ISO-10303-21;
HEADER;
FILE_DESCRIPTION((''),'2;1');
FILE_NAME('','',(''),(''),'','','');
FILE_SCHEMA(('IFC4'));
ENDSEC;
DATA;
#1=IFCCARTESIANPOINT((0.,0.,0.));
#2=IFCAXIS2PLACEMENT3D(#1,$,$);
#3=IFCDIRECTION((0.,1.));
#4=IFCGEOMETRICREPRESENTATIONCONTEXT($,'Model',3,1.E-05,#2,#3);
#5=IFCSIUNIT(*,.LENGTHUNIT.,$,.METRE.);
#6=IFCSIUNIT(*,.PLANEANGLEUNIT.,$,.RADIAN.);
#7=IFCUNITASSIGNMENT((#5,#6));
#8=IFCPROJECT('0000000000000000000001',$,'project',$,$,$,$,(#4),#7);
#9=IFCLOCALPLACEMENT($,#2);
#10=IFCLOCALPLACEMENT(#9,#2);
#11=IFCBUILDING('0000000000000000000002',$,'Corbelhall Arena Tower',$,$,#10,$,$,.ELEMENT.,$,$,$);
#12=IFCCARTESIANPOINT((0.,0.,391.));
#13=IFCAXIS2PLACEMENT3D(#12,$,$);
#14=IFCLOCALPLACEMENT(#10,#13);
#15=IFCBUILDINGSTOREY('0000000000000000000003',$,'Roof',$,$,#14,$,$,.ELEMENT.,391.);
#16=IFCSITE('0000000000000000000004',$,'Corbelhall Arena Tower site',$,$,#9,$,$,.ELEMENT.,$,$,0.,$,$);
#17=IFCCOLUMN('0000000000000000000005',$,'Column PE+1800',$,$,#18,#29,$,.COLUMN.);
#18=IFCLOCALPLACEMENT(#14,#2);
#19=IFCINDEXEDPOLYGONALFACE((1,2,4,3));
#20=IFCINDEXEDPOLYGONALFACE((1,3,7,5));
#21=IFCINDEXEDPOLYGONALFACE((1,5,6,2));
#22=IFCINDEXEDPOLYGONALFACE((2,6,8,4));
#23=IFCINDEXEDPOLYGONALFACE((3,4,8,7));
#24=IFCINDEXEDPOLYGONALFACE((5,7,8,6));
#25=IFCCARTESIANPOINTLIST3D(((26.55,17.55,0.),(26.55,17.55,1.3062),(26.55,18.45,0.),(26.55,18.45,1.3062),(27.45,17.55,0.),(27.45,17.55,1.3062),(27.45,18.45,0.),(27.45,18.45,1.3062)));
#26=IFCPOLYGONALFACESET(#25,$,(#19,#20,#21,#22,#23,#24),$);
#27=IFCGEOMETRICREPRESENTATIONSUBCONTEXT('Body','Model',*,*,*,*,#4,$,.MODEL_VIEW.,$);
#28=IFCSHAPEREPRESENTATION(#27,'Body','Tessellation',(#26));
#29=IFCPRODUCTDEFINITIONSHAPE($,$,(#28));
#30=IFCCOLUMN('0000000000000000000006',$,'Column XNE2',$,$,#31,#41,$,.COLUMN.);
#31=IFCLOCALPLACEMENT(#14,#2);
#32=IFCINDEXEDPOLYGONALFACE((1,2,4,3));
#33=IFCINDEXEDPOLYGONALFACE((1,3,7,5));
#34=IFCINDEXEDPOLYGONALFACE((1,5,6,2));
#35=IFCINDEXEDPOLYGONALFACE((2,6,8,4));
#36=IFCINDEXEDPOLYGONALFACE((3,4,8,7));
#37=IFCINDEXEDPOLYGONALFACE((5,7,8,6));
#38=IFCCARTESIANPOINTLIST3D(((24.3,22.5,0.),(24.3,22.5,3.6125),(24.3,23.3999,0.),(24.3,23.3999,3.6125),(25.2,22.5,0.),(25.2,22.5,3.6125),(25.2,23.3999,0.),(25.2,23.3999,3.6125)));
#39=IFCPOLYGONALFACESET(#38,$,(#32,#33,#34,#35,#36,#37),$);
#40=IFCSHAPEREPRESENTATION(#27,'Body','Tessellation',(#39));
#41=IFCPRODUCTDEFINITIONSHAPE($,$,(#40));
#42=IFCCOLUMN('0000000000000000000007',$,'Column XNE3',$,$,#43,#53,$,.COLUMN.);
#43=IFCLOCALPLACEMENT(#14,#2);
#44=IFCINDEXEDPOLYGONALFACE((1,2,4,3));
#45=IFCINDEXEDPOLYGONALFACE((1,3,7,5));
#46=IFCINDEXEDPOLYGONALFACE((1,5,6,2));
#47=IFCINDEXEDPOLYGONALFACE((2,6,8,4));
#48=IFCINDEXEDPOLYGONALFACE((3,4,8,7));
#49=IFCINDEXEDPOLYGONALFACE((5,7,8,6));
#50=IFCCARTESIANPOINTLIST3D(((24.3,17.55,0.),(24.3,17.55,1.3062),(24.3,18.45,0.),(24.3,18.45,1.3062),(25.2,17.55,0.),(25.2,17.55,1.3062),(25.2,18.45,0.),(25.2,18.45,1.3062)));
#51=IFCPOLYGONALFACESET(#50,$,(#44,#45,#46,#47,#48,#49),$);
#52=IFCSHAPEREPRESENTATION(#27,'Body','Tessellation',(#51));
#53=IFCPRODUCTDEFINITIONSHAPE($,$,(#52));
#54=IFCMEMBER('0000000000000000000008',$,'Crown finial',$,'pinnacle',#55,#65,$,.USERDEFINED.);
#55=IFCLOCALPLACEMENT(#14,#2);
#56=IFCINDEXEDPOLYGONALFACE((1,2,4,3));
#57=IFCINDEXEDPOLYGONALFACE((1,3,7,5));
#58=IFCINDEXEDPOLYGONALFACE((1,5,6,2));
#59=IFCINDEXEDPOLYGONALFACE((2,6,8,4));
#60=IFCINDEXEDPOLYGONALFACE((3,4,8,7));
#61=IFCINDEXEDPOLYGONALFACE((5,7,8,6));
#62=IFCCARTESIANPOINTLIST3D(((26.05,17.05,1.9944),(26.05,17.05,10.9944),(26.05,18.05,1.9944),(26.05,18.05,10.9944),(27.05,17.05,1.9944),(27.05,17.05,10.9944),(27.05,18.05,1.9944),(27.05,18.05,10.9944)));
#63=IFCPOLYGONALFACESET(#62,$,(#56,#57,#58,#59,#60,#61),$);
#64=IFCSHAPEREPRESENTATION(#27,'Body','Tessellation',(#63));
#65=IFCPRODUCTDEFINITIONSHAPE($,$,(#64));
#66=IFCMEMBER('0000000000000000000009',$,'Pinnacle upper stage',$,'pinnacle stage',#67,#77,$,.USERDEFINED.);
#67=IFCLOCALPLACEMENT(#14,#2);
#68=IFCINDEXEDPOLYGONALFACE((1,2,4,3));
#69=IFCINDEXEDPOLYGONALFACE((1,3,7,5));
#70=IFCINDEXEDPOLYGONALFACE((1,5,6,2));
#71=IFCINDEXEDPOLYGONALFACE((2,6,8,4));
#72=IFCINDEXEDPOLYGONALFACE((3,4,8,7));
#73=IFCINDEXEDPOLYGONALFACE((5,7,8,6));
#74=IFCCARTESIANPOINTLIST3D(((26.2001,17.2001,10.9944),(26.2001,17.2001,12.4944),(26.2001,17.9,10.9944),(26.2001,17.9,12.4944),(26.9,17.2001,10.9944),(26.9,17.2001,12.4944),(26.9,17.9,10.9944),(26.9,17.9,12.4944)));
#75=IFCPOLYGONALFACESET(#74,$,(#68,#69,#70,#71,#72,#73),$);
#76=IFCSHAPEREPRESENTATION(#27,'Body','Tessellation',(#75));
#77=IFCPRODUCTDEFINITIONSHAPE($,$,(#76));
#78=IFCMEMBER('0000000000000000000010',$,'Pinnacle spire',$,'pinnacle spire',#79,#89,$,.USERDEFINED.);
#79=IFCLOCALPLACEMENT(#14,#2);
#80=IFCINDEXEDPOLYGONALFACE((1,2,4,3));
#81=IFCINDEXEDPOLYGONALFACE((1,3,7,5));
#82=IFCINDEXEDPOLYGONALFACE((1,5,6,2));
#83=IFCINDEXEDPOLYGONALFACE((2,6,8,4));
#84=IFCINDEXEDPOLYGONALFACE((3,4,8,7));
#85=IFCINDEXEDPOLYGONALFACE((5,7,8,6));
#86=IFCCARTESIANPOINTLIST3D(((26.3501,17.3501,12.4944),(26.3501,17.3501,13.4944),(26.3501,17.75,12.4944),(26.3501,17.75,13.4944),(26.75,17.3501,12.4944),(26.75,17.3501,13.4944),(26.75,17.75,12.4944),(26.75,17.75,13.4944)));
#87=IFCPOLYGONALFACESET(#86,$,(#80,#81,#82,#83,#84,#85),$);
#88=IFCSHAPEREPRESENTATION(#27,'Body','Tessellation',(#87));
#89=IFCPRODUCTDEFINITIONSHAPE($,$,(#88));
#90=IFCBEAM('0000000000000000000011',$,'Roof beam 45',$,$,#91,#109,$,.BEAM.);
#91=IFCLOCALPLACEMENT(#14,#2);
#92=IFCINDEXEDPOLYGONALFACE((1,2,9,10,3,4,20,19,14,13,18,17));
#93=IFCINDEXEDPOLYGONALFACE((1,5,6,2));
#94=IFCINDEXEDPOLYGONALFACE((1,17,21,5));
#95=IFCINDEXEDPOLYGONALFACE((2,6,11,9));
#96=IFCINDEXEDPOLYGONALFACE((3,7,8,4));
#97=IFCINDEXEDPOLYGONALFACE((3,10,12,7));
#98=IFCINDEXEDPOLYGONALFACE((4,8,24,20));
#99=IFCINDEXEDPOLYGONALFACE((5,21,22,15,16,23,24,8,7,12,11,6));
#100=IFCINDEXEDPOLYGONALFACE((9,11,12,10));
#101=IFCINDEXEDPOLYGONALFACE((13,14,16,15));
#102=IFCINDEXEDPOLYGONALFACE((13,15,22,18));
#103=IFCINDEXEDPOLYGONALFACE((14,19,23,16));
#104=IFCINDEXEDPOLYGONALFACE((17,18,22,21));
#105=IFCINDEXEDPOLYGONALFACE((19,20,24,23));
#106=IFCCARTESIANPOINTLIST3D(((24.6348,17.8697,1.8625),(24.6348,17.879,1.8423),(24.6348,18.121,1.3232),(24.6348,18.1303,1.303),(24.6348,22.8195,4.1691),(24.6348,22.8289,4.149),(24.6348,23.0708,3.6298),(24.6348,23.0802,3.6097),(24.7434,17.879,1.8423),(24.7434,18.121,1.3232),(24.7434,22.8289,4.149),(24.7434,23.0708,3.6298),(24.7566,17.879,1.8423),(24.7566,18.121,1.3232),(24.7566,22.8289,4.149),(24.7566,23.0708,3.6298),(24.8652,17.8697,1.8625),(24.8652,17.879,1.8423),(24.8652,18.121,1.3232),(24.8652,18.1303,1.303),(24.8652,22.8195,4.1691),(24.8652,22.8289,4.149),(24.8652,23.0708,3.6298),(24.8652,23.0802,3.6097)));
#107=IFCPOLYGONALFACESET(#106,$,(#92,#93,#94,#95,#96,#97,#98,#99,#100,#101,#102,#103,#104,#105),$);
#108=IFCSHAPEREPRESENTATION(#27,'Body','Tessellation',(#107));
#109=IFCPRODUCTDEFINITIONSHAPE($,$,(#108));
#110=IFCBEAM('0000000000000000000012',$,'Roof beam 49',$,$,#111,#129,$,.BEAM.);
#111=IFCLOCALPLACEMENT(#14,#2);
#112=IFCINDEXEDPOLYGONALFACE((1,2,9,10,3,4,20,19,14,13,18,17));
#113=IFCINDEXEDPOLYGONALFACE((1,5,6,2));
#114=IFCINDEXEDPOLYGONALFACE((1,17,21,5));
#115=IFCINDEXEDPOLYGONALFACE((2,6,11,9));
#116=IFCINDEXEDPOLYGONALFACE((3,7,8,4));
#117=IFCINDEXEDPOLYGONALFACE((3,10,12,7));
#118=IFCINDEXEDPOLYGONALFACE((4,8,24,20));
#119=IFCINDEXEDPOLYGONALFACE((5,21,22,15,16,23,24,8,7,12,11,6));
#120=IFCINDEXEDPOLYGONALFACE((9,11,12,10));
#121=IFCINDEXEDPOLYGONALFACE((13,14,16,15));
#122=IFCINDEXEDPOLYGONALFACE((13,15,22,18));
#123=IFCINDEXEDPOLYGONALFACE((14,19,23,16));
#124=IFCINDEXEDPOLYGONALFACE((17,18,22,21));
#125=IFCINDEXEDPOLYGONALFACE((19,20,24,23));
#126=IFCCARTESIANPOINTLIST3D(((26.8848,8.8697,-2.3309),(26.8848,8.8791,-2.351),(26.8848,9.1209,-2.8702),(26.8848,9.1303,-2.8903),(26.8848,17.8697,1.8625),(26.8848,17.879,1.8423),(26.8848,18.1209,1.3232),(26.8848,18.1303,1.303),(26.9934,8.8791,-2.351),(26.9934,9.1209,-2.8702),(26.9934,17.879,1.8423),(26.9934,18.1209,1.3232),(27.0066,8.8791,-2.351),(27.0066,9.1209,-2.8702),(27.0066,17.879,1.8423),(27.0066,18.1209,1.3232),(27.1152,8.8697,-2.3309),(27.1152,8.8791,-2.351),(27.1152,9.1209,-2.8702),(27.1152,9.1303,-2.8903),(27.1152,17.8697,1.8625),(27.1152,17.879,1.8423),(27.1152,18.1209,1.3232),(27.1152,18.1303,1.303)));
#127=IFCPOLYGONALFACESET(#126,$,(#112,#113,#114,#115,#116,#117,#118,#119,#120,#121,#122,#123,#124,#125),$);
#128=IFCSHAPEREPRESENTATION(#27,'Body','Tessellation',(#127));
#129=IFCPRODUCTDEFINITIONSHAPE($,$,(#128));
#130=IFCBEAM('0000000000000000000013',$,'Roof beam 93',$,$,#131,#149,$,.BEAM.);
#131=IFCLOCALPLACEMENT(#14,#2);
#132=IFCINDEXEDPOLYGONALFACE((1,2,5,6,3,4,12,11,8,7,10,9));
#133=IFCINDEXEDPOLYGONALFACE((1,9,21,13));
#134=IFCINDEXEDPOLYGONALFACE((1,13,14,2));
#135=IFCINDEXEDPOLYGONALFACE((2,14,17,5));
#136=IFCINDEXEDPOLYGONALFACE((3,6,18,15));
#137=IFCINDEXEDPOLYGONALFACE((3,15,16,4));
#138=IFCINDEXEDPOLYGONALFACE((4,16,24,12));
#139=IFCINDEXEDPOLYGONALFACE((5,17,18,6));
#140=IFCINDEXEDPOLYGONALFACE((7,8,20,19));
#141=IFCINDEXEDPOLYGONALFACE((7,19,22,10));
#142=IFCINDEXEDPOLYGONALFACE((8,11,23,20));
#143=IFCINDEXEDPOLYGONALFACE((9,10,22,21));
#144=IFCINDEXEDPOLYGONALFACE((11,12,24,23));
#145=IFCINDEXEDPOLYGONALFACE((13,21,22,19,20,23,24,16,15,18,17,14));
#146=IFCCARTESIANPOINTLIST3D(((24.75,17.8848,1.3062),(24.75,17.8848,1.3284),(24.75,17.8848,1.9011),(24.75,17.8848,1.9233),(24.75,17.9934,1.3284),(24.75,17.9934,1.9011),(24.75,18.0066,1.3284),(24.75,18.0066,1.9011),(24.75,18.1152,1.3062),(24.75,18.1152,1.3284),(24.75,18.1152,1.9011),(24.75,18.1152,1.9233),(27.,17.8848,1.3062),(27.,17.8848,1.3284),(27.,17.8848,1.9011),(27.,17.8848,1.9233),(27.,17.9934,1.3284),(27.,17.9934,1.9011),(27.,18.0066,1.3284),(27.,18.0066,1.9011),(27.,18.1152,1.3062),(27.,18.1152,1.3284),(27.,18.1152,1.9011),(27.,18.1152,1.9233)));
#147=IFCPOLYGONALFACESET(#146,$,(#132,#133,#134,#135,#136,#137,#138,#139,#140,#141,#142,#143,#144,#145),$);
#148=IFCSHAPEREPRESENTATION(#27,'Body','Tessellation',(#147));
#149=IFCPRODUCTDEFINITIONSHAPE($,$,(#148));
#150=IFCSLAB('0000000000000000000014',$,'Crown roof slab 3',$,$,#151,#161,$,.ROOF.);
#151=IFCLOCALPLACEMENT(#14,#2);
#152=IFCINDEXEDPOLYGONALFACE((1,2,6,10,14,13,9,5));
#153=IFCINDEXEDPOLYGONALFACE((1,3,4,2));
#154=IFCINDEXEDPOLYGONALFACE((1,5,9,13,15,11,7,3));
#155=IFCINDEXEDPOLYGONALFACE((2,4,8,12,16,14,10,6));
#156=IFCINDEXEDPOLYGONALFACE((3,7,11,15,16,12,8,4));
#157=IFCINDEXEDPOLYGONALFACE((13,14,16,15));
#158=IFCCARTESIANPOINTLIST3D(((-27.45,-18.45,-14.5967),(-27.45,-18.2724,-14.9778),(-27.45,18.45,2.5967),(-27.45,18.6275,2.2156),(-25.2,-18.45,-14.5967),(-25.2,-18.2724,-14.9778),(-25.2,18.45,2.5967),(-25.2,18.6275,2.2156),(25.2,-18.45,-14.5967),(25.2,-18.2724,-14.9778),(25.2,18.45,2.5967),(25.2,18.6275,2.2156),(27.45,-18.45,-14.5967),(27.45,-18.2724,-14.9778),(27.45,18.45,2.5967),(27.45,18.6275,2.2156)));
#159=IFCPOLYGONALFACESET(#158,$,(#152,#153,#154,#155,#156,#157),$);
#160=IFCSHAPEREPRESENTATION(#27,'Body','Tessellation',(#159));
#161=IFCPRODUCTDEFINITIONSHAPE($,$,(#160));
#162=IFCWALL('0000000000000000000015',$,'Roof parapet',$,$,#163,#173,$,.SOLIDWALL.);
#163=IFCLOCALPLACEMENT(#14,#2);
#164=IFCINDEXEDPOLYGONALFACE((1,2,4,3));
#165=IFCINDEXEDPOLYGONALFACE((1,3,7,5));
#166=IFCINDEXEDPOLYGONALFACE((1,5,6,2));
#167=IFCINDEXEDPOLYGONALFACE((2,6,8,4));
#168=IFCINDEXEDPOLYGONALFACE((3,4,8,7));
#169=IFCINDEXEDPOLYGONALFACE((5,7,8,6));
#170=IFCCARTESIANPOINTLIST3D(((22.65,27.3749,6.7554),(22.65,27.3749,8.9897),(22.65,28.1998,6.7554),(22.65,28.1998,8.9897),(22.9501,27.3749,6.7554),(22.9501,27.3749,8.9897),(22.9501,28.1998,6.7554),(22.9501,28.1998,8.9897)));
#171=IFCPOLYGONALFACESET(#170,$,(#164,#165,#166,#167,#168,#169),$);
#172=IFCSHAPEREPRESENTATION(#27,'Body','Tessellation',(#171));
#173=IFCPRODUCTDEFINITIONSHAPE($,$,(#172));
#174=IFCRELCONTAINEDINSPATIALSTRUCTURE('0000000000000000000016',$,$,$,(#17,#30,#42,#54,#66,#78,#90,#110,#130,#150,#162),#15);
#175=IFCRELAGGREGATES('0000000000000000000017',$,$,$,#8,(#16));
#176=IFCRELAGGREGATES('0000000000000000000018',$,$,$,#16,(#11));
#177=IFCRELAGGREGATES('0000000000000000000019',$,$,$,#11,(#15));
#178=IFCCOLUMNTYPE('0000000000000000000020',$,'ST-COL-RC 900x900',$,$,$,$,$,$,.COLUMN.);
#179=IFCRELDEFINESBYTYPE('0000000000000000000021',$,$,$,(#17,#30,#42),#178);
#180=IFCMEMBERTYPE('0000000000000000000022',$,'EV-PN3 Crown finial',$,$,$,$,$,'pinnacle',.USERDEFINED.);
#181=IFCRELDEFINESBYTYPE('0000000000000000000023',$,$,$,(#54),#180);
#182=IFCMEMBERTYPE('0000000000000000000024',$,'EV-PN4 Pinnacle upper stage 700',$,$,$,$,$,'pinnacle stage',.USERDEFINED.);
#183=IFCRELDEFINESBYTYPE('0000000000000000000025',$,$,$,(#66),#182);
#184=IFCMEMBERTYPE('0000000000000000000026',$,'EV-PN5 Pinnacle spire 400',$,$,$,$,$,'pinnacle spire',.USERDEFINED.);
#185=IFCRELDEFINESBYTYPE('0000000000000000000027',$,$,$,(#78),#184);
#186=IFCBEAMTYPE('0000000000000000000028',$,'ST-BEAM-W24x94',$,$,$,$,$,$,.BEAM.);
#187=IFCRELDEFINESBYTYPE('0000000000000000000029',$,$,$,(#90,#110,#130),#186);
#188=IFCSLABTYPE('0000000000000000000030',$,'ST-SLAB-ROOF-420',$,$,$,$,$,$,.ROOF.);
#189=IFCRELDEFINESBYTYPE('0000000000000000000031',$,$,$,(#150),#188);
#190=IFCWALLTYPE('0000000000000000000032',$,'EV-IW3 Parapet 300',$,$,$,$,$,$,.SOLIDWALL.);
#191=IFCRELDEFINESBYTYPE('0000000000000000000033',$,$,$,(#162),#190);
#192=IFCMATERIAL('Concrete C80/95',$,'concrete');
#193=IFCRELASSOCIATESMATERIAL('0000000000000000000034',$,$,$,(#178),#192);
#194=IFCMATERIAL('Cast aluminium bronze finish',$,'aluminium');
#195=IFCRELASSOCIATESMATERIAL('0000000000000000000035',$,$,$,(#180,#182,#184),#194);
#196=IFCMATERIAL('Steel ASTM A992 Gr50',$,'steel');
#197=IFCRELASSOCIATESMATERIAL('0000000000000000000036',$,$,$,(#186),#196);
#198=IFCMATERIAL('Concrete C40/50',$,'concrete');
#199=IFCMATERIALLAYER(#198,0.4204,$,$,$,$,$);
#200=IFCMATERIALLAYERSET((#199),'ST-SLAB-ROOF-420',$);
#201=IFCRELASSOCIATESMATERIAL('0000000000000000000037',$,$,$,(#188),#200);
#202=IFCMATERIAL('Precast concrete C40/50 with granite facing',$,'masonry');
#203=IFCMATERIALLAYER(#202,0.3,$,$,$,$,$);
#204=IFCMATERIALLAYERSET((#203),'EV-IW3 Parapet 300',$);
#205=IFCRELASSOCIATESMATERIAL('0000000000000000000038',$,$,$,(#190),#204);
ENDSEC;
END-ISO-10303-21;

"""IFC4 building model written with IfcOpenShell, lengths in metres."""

from ifc_helpers import new_model, si_unit, direction, frame, frame_2d, origin, origin_2d, place, context, subcontext, project, spatial, polyline, rectangle, i_section, outline, extrude, material, layer, layer_set, material_profile, profile_set, type_object, element, save


model = new_model("IFC4")

# Units and contexts
model_context = context("Model", 3, precision=1e-05, world=origin(), true_north=direction((0.0, 1.0)))
body_context = subcontext(model_context, "Body", "Model", "MODEL_VIEW")
ifc_project = project(units=[si_unit("LENGTHUNIT", "METRE"), si_unit("PLANEANGLEUNIT", "RADIAN")], contexts=[model_context])

# Site, building, storey
site_placement = place(None, origin())
site = spatial("IfcSite", under=ifc_project, at=site_placement, Name="Corbelhall Arena Tower site", CompositionType="ELEMENT", RefElevation=0.0)
building_placement = place(site_placement, origin())
building = spatial("IfcBuilding", under=site, at=building_placement, Name="Corbelhall Arena Tower", CompositionType="ELEMENT")
storey_placement = place(building_placement, frame((0.0, 0.0, 391.0)))
storey = spatial("IfcBuildingStorey", under=building, at=storey_placement, Name="Roof", CompositionType="ELEMENT", Elevation=391.0)

# Columns
ifc_material_1 = material(Name="Concrete C80/95", Category="concrete")
ifc_material_profile_1 = material_profile(ifc_material_1, rectangle(XDim=0.8999, YDim=0.8999, at=origin_2d()))
ifc_profile_set_1 = profile_set([ifc_material_profile_1], Name="Concrete C80/95")
column_type = type_object("IfcColumnType", Name="ST-COL-RC 900x900", PredefinedType="COLUMN", material=ifc_profile_set_1)
column_1_placement = place(storey_placement, frame((27.0, 18.0, 0.0), z_axis=(0.0, 0.0, 1.0), x_axis=(0.0, 1.0, 0.0)))
element("IfcColumn", 1, at=column_1_placement, inside=storey, type_object=column_type, Name="Column PE+1800", PredefinedType="COLUMN", context=body_context, shape_type="SweptSolid", body=[
    extrude(rectangle(XDim=0.8999, YDim=0.8999, at=origin_2d()), origin(), (0.0, 0.0, 1.0), 1.3062),
])
column_2_placement = place(storey_placement, frame((24.75, 22.95, 0.0), z_axis=(0.0, 0.0, 1.0), x_axis=(1.0, 0.0, 0.0)))
element("IfcColumn", 2, at=column_2_placement, inside=storey, type_object=column_type, Name="Column XNE2", PredefinedType="COLUMN", context=body_context, shape_type="SweptSolid", body=[
    extrude(rectangle(XDim=0.8999, YDim=0.8999, at=origin_2d()), origin(), (0.0, 0.0, 1.0), 3.6125),
])
column_3_placement = place(storey_placement, frame((24.75, 18.0, 0.0), z_axis=(0.0, 0.0, 1.0), x_axis=(1.0, 0.0, 0.0)))
element("IfcColumn", 3, at=column_3_placement, inside=storey, type_object=column_type, Name="Column XNE3", PredefinedType="COLUMN", context=body_context, shape_type="SweptSolid", body=[
    extrude(rectangle(XDim=0.8999, YDim=0.8999, at=origin_2d()), origin(), (0.0, 0.0, 1.0), 1.3062),
])

# Members
ifc_material_2 = material(Name="Cast aluminium bronze finish", Category="aluminium")
ifc_material_profile_2 = material_profile(ifc_material_2, rectangle(XDim=1.0, YDim=1.0, at=origin_2d()))
ifc_profile_set_2 = profile_set([ifc_material_profile_2], Name="Cast aluminium bronze finish")
member_type_1 = type_object("IfcMemberType", Name="EV-PN3 Crown finial", ElementType="pinnacle", PredefinedType="USERDEFINED", material=ifc_profile_set_2)
member_1_placement = place(storey_placement, frame((26.55, 17.55, 1.9944), z_axis=(0.0, 0.0, 1.0), x_axis=(1.0, 0.0, 0.0)))
element("IfcMember", 4, at=member_1_placement, inside=storey, type_object=member_type_1, Name="Crown finial", ObjectType="pinnacle", PredefinedType="USERDEFINED", context=body_context, shape_type="SweptSolid", body=[
    extrude(rectangle(XDim=1.0, YDim=1.0, at=origin_2d()), origin(), (0.0, 0.0, 1.0), 9.0),
])
ifc_material_profile_3 = material_profile(ifc_material_2, rectangle(XDim=0.7, YDim=0.7, at=origin_2d()))
ifc_profile_set_3 = profile_set([ifc_material_profile_3], Name="Cast aluminium bronze finish")
member_type_2 = type_object("IfcMemberType", Name="EV-PN4 Pinnacle upper stage 700", ElementType="pinnacle stage", PredefinedType="USERDEFINED", material=ifc_profile_set_3)
member_2_placement = place(storey_placement, frame((26.55, 17.55, 10.9944), z_axis=(0.0, 0.0, 1.0), x_axis=(1.0, 0.0, 0.0)))
element("IfcMember", 5, at=member_2_placement, inside=storey, type_object=member_type_2, Name="Pinnacle upper stage", ObjectType="pinnacle stage", PredefinedType="USERDEFINED", context=body_context, shape_type="SweptSolid", body=[
    extrude(rectangle(XDim=0.7, YDim=0.7, at=origin_2d()), origin(), (0.0, 0.0, 1.0), 1.5),
])
ifc_material_profile_4 = material_profile(ifc_material_2, rectangle(XDim=0.3999, YDim=0.3999, at=origin_2d()))
ifc_profile_set_4 = profile_set([ifc_material_profile_4], Name="Cast aluminium bronze finish")
member_type_3 = type_object("IfcMemberType", Name="EV-PN5 Pinnacle spire 400", ElementType="pinnacle spire", PredefinedType="USERDEFINED", material=ifc_profile_set_4)
member_3_placement = place(storey_placement, frame((26.55, 17.55, 12.4944), z_axis=(0.0, 0.0, 1.0), x_axis=(1.0, 0.0, 0.0)))
element("IfcMember", 6, at=member_3_placement, inside=storey, type_object=member_type_3, Name="Pinnacle spire", ObjectType="pinnacle spire", PredefinedType="USERDEFINED", context=body_context, shape_type="SweptSolid", body=[
    extrude(rectangle(XDim=0.3999, YDim=0.3999, at=origin_2d()), origin(), (0.0, 0.0, 1.0), 1.0),
])

# Beams
ifc_material_3 = material(Name="Steel ASTM A992 Gr50", Category="steel")
ifc_material_profile_5 = material_profile(ifc_material_3, i_section(OverallWidth=0.2305, OverallDepth=0.6172, WebThickness=0.0132, FlangeThickness=0.0222, at=origin_2d()))
ifc_profile_set_5 = profile_set([ifc_material_profile_5], Name="Steel ASTM A992 Gr50")
beam_type = type_object("IfcBeamType", Name="ST-BEAM-W24x94", PredefinedType="BEAM", material=ifc_profile_set_5)
beam_1_placement = place(storey_placement, frame((24.75, 18.0, 1.5828), z_axis=(0.0, 0.906417, 0.422384), x_axis=(-1.0, 0.0, 0.0)))
element("IfcBeam", 7, at=beam_1_placement, inside=storey, type_object=beam_type, Name="Roof beam 45", PredefinedType="BEAM", context=body_context, shape_type="SweptSolid", body=[
    extrude(i_section(OverallWidth=0.2305, OverallDepth=0.6172, WebThickness=0.0132, FlangeThickness=0.0222, at=origin_2d()), origin(), (0.0, 0.0, 1.0), 5.4609),
])
beam_2_placement = place(storey_placement, frame((27.0, 9.0, -2.6106), z_axis=(0.0, 0.906439, 0.422336), x_axis=(-1.0, 0.0, 0.0)))
element("IfcBeam", 8, at=beam_2_placement, inside=storey, type_object=beam_type, Name="Roof beam 49", PredefinedType="BEAM", context=body_context, shape_type="SweptSolid", body=[
    extrude(i_section(OverallWidth=0.2305, OverallDepth=0.6172, WebThickness=0.0132, FlangeThickness=0.0222, at=origin_2d()), origin(), (0.0, 0.0, 1.0), 9.929),
])
beam_3_placement = place(storey_placement, frame((24.75, 18.0, 1.6147), z_axis=(1.0, 0.0, 0.0), x_axis=(0.0, 1.0, 0.0)))
element("IfcBeam", 9, at=beam_3_placement, inside=storey, type_object=beam_type, Name="Roof beam 93", PredefinedType="BEAM", context=body_context, shape_type="SweptSolid", body=[
    extrude(i_section(OverallWidth=0.2305, OverallDepth=0.6172, WebThickness=0.0132, FlangeThickness=0.0222, at=origin_2d()), origin(), (0.0, 0.0, 1.0), 2.25),
])

# Slab
ifc_material_4 = material(Name="Concrete C40/50", Category="concrete")
ifc_layer_1 = layer(ifc_material_4, 0.4204)
ifc_layer_set_1 = layer_set([ifc_layer_1], Name="ST-SLAB-ROOF-420")
slab_type = type_object("IfcSlabType", Name="ST-SLAB-ROOF-420", PredefinedType="ROOF", material=ifc_layer_set_1)
slab_placement = place(storey_placement, frame((27.45, 18.45, 2.5967), z_axis=(0.0, -0.422349, 0.906433), x_axis=(-1.0, 0.0, 0.0)))
element("IfcSlab", 10, at=slab_placement, inside=storey, type_object=slab_type, Name="Crown roof slab 3", PredefinedType="ROOF", context=body_context, shape_type="SweptSolid", body=[
    extrude(outline(polyline([(0.0, 0.0), (2.25, 0.0), (52.6499, 0.0), (54.8999, 0.0), (54.8999, 40.7089), (52.6499, 40.7089), (2.25, 40.7089), (0.0, 40.7089), (0.0, 0.0)])), origin(), (0.0, 0.0, -1.0), 0.4204),
])

# Wall
ifc_material_5 = material(Name="Precast concrete C40/50 with granite facing", Category="masonry")
ifc_layer_2 = layer(ifc_material_5, 0.3)
ifc_layer_set_2 = layer_set([ifc_layer_2], Name="EV-IW3 Parapet 300")
wall_type = type_object("IfcWallType", Name="EV-IW3 Parapet 300", PredefinedType="SOLIDWALL", material=ifc_layer_set_2)
wall_1_placement = place(storey_placement, frame((22.8, 28.2, 6.7554), z_axis=(0.0, 0.0, 1.0), x_axis=(0.0, -1.0, 0.0)))
element("IfcWall", 11, at=wall_1_placement, inside=storey, type_object=wall_type, Name="Roof parapet", PredefinedType="SOLIDWALL", context=body_context, shape_type="SweptSolid", body=[
    extrude(rectangle(XDim=0.825, YDim=0.3, at=frame_2d((0.4126, 0.0))), origin(), (0.0, 0.0, 1.0), 2.2344),
])

save(model, "model.ifc")
